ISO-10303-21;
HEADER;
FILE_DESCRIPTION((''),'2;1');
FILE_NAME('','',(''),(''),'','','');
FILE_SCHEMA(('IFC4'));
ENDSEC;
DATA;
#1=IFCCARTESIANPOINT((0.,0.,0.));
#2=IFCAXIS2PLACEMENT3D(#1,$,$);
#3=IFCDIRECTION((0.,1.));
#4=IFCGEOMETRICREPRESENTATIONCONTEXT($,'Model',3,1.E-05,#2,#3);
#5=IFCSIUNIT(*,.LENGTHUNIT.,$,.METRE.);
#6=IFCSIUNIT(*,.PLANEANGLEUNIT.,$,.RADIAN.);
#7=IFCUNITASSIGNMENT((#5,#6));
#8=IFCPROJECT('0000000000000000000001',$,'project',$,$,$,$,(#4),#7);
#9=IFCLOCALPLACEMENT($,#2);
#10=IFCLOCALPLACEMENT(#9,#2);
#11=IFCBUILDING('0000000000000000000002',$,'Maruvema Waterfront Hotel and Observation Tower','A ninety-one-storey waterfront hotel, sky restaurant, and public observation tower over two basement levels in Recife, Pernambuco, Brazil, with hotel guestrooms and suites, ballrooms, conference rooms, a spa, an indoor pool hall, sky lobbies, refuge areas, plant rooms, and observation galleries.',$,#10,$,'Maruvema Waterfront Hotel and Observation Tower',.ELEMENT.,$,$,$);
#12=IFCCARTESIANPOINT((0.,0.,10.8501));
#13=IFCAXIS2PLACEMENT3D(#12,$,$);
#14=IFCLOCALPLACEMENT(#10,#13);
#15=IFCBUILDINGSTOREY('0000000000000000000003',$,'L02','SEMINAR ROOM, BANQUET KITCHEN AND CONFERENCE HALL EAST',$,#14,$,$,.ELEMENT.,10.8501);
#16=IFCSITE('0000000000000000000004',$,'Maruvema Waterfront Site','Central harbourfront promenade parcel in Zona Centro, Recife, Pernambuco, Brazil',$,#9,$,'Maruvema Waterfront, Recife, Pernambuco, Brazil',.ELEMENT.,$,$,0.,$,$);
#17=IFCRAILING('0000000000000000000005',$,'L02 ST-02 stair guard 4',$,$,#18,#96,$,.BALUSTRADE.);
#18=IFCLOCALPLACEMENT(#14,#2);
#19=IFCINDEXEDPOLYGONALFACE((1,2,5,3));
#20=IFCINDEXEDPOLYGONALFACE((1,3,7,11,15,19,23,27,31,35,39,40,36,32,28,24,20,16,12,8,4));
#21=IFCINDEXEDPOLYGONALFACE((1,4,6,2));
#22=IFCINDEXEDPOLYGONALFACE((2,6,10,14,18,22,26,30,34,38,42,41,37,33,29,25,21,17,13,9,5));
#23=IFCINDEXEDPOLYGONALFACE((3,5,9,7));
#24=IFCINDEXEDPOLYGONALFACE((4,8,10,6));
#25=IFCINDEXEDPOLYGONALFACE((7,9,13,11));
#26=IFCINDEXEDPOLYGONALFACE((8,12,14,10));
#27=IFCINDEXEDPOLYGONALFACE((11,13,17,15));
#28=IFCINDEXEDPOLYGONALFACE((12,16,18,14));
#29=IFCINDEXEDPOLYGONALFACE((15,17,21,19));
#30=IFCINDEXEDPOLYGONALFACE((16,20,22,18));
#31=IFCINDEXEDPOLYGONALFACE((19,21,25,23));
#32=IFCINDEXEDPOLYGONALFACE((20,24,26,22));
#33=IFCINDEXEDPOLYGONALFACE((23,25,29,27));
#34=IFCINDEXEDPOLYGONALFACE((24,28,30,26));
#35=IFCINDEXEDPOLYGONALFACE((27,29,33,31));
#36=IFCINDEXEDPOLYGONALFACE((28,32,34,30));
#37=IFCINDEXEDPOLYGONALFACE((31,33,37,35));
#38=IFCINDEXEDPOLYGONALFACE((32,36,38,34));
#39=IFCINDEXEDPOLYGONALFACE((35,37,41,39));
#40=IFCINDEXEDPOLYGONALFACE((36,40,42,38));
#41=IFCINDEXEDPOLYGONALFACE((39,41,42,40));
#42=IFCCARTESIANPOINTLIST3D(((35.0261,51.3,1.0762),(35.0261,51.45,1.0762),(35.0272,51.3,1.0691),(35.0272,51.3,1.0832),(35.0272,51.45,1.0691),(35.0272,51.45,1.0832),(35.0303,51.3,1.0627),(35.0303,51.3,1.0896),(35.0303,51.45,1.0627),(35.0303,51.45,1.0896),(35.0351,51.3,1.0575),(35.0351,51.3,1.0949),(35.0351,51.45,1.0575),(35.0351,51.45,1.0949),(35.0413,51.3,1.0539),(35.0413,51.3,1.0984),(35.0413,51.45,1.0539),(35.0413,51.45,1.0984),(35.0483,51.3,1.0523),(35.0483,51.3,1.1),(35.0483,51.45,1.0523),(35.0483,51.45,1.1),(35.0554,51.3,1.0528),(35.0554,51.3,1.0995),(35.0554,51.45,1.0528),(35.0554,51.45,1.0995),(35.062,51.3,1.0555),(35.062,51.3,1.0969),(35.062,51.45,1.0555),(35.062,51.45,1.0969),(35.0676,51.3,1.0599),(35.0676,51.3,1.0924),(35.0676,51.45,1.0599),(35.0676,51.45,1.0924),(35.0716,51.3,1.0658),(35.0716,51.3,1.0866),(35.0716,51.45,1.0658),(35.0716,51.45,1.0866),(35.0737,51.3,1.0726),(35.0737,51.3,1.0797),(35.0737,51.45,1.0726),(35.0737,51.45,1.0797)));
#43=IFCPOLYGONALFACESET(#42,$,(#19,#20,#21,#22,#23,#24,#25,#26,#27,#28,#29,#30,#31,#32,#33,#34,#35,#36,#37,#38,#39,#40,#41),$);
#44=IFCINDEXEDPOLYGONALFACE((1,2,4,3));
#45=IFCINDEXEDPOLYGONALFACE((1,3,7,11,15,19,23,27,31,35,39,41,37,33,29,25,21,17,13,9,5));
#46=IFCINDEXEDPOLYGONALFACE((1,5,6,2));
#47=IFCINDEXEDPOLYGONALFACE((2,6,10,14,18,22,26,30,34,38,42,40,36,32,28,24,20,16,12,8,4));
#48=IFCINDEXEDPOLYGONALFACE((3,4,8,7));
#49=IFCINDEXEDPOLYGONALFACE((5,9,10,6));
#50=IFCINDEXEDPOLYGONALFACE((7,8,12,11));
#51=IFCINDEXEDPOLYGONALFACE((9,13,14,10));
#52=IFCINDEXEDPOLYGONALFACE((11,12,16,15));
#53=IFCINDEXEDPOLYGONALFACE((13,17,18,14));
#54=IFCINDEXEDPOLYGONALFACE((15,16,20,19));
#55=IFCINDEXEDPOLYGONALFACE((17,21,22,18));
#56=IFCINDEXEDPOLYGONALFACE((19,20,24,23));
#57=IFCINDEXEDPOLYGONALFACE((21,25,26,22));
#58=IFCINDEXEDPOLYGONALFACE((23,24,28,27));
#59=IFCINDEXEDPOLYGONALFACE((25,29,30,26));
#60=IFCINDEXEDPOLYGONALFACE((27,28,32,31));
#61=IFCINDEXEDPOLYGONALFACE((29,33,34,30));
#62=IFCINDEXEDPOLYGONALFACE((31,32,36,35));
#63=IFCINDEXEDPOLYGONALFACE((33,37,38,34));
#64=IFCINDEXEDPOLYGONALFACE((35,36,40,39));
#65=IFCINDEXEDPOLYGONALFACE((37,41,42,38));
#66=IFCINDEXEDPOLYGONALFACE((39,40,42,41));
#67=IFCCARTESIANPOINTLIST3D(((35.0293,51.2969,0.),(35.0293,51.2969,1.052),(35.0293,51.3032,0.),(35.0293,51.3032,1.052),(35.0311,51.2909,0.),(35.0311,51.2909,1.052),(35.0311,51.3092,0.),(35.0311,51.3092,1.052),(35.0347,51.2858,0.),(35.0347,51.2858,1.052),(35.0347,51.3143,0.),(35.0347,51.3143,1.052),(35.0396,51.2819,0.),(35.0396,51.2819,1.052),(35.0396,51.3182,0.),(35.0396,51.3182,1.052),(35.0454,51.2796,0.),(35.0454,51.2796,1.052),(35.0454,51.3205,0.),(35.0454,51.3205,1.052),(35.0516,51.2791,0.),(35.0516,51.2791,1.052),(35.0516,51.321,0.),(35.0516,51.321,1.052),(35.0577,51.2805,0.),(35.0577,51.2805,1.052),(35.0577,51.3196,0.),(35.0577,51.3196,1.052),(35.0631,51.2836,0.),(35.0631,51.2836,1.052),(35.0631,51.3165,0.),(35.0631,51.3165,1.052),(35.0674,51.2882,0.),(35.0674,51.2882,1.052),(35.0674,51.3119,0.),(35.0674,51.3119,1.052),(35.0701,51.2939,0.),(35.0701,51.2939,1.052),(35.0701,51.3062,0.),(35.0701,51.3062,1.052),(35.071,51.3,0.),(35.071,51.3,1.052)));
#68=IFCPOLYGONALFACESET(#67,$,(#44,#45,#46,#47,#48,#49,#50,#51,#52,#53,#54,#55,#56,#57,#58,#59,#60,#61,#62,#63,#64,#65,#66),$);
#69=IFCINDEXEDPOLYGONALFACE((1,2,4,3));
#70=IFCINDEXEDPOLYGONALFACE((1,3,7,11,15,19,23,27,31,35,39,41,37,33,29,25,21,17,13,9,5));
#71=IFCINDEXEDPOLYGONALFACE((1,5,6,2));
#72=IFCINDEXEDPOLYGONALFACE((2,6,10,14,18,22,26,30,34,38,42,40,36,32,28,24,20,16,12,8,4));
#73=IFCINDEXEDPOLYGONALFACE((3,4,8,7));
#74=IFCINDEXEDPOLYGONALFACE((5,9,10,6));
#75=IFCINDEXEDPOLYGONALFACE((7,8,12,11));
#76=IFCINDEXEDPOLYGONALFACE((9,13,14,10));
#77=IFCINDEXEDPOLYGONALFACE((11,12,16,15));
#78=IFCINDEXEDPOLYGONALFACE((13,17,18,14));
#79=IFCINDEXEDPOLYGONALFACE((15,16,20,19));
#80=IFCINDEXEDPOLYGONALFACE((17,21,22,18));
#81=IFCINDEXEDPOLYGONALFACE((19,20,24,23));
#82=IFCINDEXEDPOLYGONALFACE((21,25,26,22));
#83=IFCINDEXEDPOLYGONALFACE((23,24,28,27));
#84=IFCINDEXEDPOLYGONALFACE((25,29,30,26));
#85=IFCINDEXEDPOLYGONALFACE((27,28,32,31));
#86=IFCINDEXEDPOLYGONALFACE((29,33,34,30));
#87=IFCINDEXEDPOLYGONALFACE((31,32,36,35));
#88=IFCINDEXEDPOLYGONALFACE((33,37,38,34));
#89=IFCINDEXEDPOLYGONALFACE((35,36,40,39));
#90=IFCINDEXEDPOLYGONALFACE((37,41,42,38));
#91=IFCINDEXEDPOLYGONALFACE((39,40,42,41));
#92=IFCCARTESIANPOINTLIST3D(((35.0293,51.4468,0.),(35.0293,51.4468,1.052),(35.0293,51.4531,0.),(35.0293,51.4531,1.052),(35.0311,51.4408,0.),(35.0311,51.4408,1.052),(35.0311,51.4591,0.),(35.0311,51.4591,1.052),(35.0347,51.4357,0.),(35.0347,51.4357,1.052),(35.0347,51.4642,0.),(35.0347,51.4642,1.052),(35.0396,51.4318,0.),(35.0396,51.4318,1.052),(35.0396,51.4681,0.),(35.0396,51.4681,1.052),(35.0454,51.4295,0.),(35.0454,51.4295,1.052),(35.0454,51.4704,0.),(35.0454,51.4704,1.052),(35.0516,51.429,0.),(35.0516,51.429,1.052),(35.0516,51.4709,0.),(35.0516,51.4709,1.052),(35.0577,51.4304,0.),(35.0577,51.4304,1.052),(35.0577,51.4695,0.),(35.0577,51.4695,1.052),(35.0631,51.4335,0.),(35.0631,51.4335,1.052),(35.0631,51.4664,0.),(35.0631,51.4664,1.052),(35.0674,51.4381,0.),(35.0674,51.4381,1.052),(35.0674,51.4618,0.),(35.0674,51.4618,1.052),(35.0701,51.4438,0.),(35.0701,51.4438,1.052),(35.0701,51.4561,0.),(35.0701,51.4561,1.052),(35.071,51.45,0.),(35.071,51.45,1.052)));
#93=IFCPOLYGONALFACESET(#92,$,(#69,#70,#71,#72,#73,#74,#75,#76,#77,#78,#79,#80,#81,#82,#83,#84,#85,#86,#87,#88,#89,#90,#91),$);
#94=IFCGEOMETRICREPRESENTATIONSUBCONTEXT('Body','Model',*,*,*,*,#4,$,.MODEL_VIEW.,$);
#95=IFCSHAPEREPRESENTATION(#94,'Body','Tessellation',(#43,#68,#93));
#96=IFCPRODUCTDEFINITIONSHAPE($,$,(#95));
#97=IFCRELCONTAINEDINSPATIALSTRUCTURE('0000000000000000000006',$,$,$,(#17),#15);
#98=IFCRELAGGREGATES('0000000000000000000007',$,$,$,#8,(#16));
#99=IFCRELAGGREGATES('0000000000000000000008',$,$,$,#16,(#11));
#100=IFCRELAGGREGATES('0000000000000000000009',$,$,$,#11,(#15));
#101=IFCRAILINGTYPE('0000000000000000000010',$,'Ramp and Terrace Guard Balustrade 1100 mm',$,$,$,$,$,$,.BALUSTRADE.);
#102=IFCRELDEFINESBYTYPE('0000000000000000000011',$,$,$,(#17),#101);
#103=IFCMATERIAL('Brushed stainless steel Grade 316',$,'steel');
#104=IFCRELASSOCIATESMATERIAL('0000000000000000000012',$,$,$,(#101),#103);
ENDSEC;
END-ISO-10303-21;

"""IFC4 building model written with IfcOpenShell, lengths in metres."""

from ifc_helpers import new_model, si_unit, direction, frame, origin, origin_2d, place, context, subcontext, project, spatial, circle, extrude, material, type_object, element, save


model = new_model("IFC4")

# Units and contexts
model_context = context("Model", 3, precision=1e-05, world=origin(), true_north=direction((0.0, 1.0)))
body_context = subcontext(model_context, "Body", "Model", "MODEL_VIEW")
ifc_project = project(units=[si_unit("LENGTHUNIT", "METRE"), si_unit("PLANEANGLEUNIT", "RADIAN")], contexts=[model_context])

# Site, building, storey
site_placement = place(None, origin())
site = spatial("IfcSite", under=ifc_project, at=site_placement, Name="Maruvema Waterfront Site", Description="Central harbourfront promenade parcel in Zona Centro, Recife, Pernambuco, Brazil", LongName="Maruvema Waterfront, Recife, Pernambuco, Brazil", CompositionType="ELEMENT", RefElevation=0.0)
building_placement = place(site_placement, origin())
building = spatial("IfcBuilding", under=site, at=building_placement, Name="Maruvema Waterfront Hotel and Observation Tower", Description="A ninety-one-storey waterfront hotel, sky restaurant, and public observation tower over two basement levels in Recife, Pernambuco, Brazil, with hotel guestrooms and suites, ballrooms, conference rooms, a spa, an indoor pool hall, sky lobbies, refuge areas, plant rooms, and observation galleries.", LongName="Maruvema Waterfront Hotel and Observation Tower", CompositionType="ELEMENT")
storey_placement = place(building_placement, frame((0.0, 0.0, 10.8501)))
storey = spatial("IfcBuildingStorey", under=building, at=storey_placement, Name="L02", Description="SEMINAR ROOM, BANQUET KITCHEN AND CONFERENCE HALL EAST", CompositionType="ELEMENT", Elevation=10.8501)

# Railing
ifc_material_1 = material(Name="Brushed stainless steel Grade 316", Category="steel")
railing_type_1 = type_object("IfcRailingType", Name="Ramp and Terrace Guard Balustrade 1100 mm", PredefinedType="BALUSTRADE", material=ifc_material_1)
railing_1_placement = place(storey_placement, frame((35.05, 51.3, 0.0)))
element("IfcRailing", 1, at=railing_1_placement, inside=storey, type_object=railing_type_1, Name="L02 ST-02 stair guard 4", PredefinedType="BALUSTRADE", context=body_context, shape_type="SweptSolid", body=[
    extrude(circle(Radius=0.0239, at=origin_2d()), frame((0.0, 0.0, 1.0762), z_axis=(0.0, 1.0, 0.0), x_axis=(-1.0, 0.0, 0.0)), (0.0, 0.0, 1.0), 0.1499),
    extrude(circle(Radius=0.021, at=origin_2d()), origin(), (0.0, 0.0, 1.0), 1.052),
    extrude(circle(Radius=0.021, at=origin_2d()), frame((0.0, 0.1499, 0.0)), (0.0, 0.0, 1.0), 1.052),
])

save(model, "model.ifc")
